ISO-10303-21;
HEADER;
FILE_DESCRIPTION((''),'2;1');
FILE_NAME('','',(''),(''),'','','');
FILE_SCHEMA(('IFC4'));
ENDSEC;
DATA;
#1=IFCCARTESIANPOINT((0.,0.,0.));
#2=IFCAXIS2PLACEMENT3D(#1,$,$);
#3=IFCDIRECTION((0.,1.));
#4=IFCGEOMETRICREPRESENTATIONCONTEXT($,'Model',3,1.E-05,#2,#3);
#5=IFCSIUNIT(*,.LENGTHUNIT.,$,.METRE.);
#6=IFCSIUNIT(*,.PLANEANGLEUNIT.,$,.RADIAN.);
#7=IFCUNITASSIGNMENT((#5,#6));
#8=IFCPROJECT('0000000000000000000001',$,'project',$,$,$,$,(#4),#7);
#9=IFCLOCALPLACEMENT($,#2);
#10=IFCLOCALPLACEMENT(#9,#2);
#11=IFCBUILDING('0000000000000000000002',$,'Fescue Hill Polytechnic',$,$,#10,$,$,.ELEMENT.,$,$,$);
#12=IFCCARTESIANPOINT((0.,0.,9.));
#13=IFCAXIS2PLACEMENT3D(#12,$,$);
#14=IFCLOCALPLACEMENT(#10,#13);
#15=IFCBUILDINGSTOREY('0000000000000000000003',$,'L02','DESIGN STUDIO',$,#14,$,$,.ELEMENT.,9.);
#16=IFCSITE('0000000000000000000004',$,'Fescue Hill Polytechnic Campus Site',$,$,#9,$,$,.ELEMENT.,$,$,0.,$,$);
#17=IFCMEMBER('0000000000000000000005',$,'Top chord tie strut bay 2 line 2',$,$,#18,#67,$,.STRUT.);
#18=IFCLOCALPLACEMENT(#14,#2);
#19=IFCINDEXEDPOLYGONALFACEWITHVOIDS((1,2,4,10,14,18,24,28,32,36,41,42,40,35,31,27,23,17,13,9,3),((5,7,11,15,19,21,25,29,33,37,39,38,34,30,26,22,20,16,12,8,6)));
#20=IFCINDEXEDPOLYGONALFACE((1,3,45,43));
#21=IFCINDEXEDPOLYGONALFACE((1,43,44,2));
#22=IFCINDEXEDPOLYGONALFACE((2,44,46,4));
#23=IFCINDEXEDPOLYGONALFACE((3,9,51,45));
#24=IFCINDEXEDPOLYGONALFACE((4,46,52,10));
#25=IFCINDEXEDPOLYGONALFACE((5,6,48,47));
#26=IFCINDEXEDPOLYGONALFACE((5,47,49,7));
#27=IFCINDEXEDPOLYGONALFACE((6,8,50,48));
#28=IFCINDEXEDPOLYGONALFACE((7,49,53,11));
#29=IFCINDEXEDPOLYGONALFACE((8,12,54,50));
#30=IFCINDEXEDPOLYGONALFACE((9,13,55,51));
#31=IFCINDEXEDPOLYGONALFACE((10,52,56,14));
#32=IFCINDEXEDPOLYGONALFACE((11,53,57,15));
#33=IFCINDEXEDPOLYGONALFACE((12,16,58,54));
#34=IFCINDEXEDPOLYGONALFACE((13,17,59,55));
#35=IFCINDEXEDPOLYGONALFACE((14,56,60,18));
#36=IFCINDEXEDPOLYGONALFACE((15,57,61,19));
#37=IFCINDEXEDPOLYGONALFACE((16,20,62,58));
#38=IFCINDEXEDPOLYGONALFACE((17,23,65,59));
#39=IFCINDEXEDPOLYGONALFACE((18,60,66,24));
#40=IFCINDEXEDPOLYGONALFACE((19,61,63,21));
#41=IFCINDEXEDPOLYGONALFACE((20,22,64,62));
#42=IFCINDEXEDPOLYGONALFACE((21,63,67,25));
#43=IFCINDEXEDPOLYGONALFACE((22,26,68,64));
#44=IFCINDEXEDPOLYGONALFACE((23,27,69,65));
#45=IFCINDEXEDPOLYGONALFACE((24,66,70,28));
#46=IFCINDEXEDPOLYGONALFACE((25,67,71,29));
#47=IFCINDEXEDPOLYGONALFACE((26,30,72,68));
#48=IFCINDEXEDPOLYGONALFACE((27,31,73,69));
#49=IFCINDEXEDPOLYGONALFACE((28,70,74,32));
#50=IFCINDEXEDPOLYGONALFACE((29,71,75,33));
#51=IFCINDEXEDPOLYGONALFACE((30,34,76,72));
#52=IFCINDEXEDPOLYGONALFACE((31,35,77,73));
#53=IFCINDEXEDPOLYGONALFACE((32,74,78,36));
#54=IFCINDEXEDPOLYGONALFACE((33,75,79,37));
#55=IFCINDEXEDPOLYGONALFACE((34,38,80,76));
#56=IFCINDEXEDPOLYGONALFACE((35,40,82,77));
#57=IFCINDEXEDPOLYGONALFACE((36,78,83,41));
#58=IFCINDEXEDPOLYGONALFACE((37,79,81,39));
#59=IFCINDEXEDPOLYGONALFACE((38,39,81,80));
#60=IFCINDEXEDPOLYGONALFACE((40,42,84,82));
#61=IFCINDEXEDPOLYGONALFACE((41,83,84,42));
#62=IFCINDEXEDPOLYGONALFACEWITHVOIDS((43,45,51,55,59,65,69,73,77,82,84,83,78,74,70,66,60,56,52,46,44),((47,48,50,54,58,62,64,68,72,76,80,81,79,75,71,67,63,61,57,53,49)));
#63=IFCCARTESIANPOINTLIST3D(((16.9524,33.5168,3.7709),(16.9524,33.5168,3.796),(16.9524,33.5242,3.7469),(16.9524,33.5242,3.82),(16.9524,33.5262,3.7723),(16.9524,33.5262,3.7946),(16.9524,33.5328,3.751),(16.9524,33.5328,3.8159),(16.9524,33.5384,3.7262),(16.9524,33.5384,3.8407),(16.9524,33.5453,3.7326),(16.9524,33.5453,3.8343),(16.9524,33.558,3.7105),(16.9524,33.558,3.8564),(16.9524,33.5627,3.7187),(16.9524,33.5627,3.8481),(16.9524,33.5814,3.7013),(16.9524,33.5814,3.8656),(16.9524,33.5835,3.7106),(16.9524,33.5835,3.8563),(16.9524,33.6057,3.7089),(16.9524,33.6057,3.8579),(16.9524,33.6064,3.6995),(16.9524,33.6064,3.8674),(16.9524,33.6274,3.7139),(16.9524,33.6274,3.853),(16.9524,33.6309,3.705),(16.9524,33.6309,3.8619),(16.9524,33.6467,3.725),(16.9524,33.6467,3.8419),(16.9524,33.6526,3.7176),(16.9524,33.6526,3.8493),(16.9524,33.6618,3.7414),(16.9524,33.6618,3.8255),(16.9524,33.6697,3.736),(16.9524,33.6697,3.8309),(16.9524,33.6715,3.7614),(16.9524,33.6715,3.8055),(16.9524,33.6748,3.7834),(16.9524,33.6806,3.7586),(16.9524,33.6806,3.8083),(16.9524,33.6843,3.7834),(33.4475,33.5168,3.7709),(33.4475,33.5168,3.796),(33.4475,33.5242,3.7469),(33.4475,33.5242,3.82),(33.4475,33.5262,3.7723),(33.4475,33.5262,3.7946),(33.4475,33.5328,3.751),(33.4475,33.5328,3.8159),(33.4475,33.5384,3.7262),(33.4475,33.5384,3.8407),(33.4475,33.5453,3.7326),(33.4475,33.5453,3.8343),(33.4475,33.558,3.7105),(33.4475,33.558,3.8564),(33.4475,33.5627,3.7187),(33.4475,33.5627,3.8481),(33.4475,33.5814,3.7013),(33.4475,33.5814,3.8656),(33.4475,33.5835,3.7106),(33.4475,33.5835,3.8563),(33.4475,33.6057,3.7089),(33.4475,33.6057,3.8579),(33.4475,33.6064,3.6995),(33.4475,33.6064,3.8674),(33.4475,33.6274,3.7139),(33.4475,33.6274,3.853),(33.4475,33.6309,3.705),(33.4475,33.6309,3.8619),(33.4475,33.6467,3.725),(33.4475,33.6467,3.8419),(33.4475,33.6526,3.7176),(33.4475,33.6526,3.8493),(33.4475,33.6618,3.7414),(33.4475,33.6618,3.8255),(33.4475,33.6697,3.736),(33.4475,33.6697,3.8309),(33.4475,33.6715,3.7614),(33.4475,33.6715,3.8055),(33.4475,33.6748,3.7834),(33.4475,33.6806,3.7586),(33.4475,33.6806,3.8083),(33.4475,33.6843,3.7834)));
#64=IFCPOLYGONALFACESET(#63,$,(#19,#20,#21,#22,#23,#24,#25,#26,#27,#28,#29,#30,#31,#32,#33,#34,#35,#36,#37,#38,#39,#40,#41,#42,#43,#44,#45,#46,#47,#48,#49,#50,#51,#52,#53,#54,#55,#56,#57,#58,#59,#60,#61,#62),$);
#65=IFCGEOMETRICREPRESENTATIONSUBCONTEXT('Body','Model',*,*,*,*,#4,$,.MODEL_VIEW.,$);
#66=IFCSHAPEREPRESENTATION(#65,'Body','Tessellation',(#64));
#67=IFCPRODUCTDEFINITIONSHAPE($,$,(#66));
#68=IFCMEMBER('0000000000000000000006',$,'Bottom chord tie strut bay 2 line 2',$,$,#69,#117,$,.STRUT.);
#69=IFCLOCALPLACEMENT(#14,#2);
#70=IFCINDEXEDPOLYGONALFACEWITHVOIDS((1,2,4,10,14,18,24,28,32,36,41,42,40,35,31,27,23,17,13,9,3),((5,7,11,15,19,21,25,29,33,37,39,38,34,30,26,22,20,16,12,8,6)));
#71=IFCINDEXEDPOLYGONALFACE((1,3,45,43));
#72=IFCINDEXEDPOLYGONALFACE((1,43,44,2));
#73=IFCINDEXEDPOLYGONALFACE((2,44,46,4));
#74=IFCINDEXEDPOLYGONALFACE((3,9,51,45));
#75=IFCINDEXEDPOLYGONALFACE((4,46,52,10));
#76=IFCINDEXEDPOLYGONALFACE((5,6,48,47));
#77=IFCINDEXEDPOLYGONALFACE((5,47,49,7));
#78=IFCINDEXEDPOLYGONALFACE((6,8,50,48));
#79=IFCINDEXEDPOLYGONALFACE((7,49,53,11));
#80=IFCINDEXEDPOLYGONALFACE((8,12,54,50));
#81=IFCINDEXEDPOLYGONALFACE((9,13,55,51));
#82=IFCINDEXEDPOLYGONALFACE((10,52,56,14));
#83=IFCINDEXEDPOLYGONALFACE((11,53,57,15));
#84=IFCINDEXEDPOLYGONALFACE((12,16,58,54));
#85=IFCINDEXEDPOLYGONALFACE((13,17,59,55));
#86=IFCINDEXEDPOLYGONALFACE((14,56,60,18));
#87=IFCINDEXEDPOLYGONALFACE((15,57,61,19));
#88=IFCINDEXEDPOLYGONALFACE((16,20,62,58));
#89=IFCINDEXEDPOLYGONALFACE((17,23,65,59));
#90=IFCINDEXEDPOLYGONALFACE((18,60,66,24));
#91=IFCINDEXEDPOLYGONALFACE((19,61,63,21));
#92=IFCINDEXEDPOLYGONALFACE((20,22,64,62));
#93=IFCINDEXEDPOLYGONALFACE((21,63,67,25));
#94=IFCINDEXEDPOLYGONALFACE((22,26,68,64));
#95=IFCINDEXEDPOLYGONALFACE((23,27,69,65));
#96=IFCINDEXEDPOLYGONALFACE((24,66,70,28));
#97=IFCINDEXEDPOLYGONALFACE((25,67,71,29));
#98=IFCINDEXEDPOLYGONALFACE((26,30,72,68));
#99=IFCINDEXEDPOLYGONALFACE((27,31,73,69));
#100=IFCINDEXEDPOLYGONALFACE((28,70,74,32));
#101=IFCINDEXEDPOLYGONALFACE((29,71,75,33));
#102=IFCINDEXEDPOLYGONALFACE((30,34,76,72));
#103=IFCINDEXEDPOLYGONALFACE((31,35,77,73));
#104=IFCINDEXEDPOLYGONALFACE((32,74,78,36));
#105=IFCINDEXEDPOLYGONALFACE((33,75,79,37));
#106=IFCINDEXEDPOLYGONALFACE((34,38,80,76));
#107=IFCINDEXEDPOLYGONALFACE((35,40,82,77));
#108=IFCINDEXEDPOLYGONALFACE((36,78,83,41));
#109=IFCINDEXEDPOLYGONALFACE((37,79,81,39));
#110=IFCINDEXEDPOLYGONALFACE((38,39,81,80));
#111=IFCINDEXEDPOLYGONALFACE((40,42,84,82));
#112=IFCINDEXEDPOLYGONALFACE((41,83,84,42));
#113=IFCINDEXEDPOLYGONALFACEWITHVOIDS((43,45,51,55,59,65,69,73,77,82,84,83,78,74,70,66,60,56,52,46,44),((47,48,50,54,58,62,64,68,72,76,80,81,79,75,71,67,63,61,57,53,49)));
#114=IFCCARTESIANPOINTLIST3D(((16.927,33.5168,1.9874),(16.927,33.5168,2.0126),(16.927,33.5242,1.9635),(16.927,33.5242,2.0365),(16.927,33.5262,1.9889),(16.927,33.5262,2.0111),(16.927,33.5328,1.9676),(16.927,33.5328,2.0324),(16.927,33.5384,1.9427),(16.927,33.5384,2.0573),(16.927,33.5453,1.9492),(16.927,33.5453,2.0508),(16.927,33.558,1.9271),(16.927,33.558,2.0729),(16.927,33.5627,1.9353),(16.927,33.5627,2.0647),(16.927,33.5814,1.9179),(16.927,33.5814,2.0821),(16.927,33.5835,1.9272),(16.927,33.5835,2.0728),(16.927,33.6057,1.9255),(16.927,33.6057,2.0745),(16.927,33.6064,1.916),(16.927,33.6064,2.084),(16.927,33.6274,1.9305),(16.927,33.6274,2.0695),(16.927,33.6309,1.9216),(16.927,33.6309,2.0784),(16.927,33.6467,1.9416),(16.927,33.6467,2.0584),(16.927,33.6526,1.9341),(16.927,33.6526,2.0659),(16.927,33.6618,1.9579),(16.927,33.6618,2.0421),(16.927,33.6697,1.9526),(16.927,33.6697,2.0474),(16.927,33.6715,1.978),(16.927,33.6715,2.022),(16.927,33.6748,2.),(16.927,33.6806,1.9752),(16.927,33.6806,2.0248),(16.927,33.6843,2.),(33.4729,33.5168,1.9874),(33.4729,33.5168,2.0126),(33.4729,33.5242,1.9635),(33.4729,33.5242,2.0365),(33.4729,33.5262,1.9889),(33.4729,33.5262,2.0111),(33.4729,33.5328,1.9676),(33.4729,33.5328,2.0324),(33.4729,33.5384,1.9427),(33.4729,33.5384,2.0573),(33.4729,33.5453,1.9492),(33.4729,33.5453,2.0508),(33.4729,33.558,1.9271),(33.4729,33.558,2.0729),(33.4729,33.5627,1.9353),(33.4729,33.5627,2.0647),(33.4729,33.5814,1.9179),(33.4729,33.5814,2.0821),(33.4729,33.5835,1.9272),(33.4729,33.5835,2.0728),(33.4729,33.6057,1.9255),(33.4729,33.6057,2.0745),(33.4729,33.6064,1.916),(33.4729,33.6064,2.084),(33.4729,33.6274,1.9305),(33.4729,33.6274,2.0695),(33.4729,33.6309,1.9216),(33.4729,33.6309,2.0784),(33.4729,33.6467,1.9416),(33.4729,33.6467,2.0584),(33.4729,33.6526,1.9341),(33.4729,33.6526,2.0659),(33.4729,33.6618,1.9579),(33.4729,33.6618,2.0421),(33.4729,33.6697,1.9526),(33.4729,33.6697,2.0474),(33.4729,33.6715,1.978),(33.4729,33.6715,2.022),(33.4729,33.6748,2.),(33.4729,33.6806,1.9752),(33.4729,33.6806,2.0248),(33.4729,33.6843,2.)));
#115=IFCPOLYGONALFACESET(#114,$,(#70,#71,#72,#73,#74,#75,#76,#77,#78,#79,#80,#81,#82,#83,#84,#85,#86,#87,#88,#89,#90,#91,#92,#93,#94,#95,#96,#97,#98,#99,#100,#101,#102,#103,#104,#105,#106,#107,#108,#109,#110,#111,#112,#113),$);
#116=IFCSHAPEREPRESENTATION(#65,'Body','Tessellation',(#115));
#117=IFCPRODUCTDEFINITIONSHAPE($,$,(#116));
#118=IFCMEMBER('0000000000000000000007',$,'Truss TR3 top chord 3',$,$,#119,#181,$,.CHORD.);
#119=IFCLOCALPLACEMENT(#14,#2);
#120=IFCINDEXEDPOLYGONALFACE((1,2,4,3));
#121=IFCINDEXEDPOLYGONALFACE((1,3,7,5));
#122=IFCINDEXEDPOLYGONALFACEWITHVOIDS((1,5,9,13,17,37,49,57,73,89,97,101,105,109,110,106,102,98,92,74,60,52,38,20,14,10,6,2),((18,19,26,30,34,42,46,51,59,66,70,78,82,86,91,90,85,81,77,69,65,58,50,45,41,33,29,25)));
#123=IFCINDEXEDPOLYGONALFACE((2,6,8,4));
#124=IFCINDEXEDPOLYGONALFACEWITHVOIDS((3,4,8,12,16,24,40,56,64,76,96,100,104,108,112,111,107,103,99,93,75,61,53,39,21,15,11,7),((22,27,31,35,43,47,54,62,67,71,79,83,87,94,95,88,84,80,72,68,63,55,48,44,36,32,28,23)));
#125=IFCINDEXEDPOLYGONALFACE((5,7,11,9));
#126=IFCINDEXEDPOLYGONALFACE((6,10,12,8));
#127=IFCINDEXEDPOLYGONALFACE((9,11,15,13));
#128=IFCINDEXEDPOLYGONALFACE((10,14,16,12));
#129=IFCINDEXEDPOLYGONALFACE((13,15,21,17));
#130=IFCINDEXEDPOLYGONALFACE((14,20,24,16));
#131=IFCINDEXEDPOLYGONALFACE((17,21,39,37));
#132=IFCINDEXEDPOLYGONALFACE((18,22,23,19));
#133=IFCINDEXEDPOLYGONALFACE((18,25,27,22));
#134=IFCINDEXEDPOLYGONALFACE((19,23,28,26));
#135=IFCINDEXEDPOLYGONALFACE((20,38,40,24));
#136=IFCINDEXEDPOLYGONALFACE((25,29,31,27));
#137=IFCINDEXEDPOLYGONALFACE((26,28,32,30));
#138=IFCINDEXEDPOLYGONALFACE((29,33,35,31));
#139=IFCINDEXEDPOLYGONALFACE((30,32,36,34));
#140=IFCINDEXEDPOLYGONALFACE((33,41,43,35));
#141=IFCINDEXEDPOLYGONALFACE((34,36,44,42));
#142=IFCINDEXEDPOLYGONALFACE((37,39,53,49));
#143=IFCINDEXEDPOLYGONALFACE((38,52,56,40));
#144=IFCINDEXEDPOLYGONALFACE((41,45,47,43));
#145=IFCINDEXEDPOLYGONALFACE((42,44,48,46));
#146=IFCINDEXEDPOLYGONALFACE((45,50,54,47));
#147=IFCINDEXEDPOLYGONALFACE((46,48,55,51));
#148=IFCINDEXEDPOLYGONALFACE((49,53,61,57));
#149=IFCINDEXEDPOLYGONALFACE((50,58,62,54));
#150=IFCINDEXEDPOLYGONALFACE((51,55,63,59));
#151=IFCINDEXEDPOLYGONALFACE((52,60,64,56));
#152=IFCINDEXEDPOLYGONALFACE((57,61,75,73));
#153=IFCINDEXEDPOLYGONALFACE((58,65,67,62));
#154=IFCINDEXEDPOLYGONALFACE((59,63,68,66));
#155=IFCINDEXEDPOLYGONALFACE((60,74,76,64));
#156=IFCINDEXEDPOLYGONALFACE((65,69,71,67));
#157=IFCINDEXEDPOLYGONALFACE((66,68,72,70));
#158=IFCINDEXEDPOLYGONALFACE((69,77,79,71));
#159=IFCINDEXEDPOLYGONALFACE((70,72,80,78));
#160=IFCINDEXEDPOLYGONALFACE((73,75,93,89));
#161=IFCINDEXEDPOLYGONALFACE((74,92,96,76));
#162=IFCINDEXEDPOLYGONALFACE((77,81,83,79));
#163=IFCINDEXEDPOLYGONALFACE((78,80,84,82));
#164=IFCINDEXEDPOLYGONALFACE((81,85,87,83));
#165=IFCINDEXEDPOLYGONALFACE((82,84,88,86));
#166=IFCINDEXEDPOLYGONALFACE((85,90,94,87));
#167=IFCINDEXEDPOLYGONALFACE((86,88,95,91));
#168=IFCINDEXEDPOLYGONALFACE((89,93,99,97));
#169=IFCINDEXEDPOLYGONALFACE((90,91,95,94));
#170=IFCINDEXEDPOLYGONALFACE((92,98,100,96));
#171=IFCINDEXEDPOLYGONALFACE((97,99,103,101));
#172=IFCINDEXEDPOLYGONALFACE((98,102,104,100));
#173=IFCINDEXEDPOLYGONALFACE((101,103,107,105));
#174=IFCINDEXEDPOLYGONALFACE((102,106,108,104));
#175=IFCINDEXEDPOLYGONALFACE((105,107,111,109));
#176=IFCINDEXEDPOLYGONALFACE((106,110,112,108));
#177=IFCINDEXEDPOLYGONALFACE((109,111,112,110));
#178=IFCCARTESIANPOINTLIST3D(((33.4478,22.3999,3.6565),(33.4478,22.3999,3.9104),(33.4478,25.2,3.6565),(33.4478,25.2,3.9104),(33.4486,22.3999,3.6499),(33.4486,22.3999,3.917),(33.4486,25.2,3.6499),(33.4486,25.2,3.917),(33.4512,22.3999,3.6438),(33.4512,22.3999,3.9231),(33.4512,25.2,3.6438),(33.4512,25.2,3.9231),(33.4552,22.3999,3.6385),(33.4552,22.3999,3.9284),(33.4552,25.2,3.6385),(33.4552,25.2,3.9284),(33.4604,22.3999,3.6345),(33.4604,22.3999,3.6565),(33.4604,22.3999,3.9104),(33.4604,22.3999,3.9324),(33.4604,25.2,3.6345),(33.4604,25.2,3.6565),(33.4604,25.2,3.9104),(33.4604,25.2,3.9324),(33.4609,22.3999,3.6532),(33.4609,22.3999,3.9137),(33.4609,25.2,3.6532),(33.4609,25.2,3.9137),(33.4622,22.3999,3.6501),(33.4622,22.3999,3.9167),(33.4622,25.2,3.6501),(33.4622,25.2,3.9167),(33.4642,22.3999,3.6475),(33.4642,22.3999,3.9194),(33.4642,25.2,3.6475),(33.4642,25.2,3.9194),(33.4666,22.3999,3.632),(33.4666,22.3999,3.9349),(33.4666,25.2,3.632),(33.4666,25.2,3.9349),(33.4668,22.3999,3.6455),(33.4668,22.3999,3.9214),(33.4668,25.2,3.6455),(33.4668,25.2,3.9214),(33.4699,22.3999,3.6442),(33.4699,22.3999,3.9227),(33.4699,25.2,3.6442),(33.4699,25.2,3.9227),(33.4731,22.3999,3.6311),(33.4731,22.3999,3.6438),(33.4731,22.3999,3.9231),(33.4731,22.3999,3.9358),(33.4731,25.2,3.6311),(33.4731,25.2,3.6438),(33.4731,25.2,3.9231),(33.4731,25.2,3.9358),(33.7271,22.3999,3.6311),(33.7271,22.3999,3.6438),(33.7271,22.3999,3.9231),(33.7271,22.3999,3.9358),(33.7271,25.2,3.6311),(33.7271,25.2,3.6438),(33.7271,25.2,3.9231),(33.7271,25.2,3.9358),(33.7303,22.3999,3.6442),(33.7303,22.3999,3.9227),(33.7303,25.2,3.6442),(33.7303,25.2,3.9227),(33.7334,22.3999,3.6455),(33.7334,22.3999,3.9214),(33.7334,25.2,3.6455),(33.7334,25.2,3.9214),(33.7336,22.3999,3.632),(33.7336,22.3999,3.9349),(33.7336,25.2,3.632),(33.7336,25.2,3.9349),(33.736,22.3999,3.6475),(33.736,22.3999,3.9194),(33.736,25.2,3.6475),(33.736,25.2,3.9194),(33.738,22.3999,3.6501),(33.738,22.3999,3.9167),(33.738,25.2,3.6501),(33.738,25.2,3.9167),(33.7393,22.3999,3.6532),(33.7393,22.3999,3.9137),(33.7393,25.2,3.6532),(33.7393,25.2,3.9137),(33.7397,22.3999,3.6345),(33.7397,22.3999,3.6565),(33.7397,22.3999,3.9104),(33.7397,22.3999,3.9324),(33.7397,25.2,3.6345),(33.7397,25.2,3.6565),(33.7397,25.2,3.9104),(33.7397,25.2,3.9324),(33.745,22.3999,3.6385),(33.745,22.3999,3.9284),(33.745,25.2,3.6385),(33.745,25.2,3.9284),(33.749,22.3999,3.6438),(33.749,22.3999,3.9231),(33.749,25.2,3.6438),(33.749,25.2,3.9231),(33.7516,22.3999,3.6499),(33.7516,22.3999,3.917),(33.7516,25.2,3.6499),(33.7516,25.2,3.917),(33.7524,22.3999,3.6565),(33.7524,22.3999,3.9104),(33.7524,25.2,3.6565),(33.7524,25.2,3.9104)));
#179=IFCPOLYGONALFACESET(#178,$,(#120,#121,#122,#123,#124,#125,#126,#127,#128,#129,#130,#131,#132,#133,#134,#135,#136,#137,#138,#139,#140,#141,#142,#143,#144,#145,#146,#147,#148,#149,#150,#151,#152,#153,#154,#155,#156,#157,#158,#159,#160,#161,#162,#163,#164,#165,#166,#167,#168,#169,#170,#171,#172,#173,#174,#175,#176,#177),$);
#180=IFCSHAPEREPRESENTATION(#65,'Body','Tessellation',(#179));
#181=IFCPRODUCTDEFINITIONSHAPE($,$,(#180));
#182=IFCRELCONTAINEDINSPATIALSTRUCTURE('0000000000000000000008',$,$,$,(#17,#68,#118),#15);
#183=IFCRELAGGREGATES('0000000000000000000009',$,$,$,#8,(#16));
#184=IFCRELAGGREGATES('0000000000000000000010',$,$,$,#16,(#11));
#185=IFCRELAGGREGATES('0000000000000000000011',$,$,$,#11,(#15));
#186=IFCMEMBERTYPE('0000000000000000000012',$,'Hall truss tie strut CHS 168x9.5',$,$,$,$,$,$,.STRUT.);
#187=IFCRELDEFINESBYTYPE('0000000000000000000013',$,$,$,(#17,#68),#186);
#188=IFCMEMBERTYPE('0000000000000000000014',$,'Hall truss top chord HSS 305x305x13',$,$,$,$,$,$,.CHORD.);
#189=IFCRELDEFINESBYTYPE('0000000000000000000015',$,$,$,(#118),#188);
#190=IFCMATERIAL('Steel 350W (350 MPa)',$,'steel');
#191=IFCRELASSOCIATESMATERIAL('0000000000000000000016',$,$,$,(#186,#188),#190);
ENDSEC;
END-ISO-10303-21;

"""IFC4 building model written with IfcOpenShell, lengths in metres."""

from ifc_helpers import new_model, si_unit, direction, frame, origin, origin_2d, place, context, subcontext, project, spatial, hollow_rectangle, hollow_circle, extrude, material, material_profile, profile_set, type_object, element, save


model = new_model("IFC4")

# Units and contexts
model_context = context("Model", 3, precision=1e-05, world=origin(), true_north=direction((0.0, 1.0)))
body_context = subcontext(model_context, "Body", "Model", "MODEL_VIEW")
ifc_project = project(units=[si_unit("LENGTHUNIT", "METRE"), si_unit("PLANEANGLEUNIT", "RADIAN")], contexts=[model_context])

# Site, building, storey
site_placement = place(None, origin())
site = spatial("IfcSite", under=ifc_project, at=site_placement, Name="Fescue Hill Polytechnic Campus Site", CompositionType="ELEMENT", RefElevation=0.0)
building_placement = place(site_placement, origin())
building = spatial("IfcBuilding", under=site, at=building_placement, Name="Fescue Hill Polytechnic", CompositionType="ELEMENT")
storey_placement = place(building_placement, frame((0.0, 0.0, 9.0)))
storey = spatial("IfcBuildingStorey", under=building, at=storey_placement, Name="L02", Description="DESIGN STUDIO", CompositionType="ELEMENT", Elevation=9.0)

# Members
ifc_material = material(Name="Steel 350W (350 MPa)", Category="steel")
ifc_material_profile_1 = material_profile(ifc_material, hollow_circle(Radius=0.0842, WallThickness=0.0095, at=origin_2d()), Name="Hall truss tie strut CHS 168x9.5")
ifc_profile_set_1 = profile_set([ifc_material_profile_1], Name="Steel 350W (350 MPa)")
member_type_1 = type_object("IfcMemberType", Name="Hall truss tie strut CHS 168x9.5", PredefinedType="STRUT", material=ifc_profile_set_1)
member_1_placement = place(storey_placement, frame((16.9524, 33.6001, 3.7834), z_axis=(1.0, 0.0, 0.0), x_axis=(0.0, 1.0, 0.0)))
element("IfcMember", 1, at=member_1_placement, inside=storey, type_object=member_type_1, Name="Top chord tie strut bay 2 line 2", PredefinedType="STRUT", context=body_context, shape_type="SweptSolid", body=[
    extrude(hollow_circle(Radius=0.0842, WallThickness=0.0095, at=origin_2d()), origin(), (0.0, 0.0, 1.0), 16.4951),
])
member_2_placement = place(storey_placement, frame((16.927, 33.6001, 2.0), z_axis=(1.0, 0.0, 0.0), x_axis=(0.0, 1.0, 0.0)))
element("IfcMember", 2, at=member_2_placement, inside=storey, type_object=member_type_1, Name="Bottom chord tie strut bay 2 line 2", PredefinedType="STRUT", context=body_context, shape_type="SweptSolid", body=[
    extrude(hollow_circle(Radius=0.0842, WallThickness=0.0095, at=origin_2d()), origin(), (0.0, 0.0, 1.0), 16.5459),
])
ifc_material_profile_2 = material_profile(ifc_material, hollow_rectangle(XDim=0.3047, YDim=0.3047, WallThickness=0.0127, InnerFilletRadius=0.0127, OuterFilletRadius=0.0254, at=origin_2d()), Name="Hall truss top chord HSS 305x305x13")
ifc_profile_set_2 = profile_set([ifc_material_profile_2], Name="Steel 350W (350 MPa)")
member_type_2 = type_object("IfcMemberType", Name="Hall truss top chord HSS 305x305x13", PredefinedType="CHORD", material=ifc_profile_set_2)
for number, where, z_axis, x_axis, name in (
    (3, (33.6001, 22.3999, 3.7834), (0.0, 1.0, 0.0), (-1.0, 0.0, 0.0), "Truss TR3 top chord 3"),
):
    element("IfcMember", number, at=place(storey_placement, frame(where, z_axis=z_axis, x_axis=x_axis)), inside=storey, type_object=member_type_2, Name=name, PredefinedType="CHORD", context=body_context, shape_type="SweptSolid", body=[
        extrude(hollow_rectangle(XDim=0.3047, YDim=0.3047, WallThickness=0.0127, InnerFilletRadius=0.0127, OuterFilletRadius=0.0254, at=origin_2d()), origin(), (0.0, 0.0, 1.0), 2.8),
    ])

save(model, "model.ifc")
